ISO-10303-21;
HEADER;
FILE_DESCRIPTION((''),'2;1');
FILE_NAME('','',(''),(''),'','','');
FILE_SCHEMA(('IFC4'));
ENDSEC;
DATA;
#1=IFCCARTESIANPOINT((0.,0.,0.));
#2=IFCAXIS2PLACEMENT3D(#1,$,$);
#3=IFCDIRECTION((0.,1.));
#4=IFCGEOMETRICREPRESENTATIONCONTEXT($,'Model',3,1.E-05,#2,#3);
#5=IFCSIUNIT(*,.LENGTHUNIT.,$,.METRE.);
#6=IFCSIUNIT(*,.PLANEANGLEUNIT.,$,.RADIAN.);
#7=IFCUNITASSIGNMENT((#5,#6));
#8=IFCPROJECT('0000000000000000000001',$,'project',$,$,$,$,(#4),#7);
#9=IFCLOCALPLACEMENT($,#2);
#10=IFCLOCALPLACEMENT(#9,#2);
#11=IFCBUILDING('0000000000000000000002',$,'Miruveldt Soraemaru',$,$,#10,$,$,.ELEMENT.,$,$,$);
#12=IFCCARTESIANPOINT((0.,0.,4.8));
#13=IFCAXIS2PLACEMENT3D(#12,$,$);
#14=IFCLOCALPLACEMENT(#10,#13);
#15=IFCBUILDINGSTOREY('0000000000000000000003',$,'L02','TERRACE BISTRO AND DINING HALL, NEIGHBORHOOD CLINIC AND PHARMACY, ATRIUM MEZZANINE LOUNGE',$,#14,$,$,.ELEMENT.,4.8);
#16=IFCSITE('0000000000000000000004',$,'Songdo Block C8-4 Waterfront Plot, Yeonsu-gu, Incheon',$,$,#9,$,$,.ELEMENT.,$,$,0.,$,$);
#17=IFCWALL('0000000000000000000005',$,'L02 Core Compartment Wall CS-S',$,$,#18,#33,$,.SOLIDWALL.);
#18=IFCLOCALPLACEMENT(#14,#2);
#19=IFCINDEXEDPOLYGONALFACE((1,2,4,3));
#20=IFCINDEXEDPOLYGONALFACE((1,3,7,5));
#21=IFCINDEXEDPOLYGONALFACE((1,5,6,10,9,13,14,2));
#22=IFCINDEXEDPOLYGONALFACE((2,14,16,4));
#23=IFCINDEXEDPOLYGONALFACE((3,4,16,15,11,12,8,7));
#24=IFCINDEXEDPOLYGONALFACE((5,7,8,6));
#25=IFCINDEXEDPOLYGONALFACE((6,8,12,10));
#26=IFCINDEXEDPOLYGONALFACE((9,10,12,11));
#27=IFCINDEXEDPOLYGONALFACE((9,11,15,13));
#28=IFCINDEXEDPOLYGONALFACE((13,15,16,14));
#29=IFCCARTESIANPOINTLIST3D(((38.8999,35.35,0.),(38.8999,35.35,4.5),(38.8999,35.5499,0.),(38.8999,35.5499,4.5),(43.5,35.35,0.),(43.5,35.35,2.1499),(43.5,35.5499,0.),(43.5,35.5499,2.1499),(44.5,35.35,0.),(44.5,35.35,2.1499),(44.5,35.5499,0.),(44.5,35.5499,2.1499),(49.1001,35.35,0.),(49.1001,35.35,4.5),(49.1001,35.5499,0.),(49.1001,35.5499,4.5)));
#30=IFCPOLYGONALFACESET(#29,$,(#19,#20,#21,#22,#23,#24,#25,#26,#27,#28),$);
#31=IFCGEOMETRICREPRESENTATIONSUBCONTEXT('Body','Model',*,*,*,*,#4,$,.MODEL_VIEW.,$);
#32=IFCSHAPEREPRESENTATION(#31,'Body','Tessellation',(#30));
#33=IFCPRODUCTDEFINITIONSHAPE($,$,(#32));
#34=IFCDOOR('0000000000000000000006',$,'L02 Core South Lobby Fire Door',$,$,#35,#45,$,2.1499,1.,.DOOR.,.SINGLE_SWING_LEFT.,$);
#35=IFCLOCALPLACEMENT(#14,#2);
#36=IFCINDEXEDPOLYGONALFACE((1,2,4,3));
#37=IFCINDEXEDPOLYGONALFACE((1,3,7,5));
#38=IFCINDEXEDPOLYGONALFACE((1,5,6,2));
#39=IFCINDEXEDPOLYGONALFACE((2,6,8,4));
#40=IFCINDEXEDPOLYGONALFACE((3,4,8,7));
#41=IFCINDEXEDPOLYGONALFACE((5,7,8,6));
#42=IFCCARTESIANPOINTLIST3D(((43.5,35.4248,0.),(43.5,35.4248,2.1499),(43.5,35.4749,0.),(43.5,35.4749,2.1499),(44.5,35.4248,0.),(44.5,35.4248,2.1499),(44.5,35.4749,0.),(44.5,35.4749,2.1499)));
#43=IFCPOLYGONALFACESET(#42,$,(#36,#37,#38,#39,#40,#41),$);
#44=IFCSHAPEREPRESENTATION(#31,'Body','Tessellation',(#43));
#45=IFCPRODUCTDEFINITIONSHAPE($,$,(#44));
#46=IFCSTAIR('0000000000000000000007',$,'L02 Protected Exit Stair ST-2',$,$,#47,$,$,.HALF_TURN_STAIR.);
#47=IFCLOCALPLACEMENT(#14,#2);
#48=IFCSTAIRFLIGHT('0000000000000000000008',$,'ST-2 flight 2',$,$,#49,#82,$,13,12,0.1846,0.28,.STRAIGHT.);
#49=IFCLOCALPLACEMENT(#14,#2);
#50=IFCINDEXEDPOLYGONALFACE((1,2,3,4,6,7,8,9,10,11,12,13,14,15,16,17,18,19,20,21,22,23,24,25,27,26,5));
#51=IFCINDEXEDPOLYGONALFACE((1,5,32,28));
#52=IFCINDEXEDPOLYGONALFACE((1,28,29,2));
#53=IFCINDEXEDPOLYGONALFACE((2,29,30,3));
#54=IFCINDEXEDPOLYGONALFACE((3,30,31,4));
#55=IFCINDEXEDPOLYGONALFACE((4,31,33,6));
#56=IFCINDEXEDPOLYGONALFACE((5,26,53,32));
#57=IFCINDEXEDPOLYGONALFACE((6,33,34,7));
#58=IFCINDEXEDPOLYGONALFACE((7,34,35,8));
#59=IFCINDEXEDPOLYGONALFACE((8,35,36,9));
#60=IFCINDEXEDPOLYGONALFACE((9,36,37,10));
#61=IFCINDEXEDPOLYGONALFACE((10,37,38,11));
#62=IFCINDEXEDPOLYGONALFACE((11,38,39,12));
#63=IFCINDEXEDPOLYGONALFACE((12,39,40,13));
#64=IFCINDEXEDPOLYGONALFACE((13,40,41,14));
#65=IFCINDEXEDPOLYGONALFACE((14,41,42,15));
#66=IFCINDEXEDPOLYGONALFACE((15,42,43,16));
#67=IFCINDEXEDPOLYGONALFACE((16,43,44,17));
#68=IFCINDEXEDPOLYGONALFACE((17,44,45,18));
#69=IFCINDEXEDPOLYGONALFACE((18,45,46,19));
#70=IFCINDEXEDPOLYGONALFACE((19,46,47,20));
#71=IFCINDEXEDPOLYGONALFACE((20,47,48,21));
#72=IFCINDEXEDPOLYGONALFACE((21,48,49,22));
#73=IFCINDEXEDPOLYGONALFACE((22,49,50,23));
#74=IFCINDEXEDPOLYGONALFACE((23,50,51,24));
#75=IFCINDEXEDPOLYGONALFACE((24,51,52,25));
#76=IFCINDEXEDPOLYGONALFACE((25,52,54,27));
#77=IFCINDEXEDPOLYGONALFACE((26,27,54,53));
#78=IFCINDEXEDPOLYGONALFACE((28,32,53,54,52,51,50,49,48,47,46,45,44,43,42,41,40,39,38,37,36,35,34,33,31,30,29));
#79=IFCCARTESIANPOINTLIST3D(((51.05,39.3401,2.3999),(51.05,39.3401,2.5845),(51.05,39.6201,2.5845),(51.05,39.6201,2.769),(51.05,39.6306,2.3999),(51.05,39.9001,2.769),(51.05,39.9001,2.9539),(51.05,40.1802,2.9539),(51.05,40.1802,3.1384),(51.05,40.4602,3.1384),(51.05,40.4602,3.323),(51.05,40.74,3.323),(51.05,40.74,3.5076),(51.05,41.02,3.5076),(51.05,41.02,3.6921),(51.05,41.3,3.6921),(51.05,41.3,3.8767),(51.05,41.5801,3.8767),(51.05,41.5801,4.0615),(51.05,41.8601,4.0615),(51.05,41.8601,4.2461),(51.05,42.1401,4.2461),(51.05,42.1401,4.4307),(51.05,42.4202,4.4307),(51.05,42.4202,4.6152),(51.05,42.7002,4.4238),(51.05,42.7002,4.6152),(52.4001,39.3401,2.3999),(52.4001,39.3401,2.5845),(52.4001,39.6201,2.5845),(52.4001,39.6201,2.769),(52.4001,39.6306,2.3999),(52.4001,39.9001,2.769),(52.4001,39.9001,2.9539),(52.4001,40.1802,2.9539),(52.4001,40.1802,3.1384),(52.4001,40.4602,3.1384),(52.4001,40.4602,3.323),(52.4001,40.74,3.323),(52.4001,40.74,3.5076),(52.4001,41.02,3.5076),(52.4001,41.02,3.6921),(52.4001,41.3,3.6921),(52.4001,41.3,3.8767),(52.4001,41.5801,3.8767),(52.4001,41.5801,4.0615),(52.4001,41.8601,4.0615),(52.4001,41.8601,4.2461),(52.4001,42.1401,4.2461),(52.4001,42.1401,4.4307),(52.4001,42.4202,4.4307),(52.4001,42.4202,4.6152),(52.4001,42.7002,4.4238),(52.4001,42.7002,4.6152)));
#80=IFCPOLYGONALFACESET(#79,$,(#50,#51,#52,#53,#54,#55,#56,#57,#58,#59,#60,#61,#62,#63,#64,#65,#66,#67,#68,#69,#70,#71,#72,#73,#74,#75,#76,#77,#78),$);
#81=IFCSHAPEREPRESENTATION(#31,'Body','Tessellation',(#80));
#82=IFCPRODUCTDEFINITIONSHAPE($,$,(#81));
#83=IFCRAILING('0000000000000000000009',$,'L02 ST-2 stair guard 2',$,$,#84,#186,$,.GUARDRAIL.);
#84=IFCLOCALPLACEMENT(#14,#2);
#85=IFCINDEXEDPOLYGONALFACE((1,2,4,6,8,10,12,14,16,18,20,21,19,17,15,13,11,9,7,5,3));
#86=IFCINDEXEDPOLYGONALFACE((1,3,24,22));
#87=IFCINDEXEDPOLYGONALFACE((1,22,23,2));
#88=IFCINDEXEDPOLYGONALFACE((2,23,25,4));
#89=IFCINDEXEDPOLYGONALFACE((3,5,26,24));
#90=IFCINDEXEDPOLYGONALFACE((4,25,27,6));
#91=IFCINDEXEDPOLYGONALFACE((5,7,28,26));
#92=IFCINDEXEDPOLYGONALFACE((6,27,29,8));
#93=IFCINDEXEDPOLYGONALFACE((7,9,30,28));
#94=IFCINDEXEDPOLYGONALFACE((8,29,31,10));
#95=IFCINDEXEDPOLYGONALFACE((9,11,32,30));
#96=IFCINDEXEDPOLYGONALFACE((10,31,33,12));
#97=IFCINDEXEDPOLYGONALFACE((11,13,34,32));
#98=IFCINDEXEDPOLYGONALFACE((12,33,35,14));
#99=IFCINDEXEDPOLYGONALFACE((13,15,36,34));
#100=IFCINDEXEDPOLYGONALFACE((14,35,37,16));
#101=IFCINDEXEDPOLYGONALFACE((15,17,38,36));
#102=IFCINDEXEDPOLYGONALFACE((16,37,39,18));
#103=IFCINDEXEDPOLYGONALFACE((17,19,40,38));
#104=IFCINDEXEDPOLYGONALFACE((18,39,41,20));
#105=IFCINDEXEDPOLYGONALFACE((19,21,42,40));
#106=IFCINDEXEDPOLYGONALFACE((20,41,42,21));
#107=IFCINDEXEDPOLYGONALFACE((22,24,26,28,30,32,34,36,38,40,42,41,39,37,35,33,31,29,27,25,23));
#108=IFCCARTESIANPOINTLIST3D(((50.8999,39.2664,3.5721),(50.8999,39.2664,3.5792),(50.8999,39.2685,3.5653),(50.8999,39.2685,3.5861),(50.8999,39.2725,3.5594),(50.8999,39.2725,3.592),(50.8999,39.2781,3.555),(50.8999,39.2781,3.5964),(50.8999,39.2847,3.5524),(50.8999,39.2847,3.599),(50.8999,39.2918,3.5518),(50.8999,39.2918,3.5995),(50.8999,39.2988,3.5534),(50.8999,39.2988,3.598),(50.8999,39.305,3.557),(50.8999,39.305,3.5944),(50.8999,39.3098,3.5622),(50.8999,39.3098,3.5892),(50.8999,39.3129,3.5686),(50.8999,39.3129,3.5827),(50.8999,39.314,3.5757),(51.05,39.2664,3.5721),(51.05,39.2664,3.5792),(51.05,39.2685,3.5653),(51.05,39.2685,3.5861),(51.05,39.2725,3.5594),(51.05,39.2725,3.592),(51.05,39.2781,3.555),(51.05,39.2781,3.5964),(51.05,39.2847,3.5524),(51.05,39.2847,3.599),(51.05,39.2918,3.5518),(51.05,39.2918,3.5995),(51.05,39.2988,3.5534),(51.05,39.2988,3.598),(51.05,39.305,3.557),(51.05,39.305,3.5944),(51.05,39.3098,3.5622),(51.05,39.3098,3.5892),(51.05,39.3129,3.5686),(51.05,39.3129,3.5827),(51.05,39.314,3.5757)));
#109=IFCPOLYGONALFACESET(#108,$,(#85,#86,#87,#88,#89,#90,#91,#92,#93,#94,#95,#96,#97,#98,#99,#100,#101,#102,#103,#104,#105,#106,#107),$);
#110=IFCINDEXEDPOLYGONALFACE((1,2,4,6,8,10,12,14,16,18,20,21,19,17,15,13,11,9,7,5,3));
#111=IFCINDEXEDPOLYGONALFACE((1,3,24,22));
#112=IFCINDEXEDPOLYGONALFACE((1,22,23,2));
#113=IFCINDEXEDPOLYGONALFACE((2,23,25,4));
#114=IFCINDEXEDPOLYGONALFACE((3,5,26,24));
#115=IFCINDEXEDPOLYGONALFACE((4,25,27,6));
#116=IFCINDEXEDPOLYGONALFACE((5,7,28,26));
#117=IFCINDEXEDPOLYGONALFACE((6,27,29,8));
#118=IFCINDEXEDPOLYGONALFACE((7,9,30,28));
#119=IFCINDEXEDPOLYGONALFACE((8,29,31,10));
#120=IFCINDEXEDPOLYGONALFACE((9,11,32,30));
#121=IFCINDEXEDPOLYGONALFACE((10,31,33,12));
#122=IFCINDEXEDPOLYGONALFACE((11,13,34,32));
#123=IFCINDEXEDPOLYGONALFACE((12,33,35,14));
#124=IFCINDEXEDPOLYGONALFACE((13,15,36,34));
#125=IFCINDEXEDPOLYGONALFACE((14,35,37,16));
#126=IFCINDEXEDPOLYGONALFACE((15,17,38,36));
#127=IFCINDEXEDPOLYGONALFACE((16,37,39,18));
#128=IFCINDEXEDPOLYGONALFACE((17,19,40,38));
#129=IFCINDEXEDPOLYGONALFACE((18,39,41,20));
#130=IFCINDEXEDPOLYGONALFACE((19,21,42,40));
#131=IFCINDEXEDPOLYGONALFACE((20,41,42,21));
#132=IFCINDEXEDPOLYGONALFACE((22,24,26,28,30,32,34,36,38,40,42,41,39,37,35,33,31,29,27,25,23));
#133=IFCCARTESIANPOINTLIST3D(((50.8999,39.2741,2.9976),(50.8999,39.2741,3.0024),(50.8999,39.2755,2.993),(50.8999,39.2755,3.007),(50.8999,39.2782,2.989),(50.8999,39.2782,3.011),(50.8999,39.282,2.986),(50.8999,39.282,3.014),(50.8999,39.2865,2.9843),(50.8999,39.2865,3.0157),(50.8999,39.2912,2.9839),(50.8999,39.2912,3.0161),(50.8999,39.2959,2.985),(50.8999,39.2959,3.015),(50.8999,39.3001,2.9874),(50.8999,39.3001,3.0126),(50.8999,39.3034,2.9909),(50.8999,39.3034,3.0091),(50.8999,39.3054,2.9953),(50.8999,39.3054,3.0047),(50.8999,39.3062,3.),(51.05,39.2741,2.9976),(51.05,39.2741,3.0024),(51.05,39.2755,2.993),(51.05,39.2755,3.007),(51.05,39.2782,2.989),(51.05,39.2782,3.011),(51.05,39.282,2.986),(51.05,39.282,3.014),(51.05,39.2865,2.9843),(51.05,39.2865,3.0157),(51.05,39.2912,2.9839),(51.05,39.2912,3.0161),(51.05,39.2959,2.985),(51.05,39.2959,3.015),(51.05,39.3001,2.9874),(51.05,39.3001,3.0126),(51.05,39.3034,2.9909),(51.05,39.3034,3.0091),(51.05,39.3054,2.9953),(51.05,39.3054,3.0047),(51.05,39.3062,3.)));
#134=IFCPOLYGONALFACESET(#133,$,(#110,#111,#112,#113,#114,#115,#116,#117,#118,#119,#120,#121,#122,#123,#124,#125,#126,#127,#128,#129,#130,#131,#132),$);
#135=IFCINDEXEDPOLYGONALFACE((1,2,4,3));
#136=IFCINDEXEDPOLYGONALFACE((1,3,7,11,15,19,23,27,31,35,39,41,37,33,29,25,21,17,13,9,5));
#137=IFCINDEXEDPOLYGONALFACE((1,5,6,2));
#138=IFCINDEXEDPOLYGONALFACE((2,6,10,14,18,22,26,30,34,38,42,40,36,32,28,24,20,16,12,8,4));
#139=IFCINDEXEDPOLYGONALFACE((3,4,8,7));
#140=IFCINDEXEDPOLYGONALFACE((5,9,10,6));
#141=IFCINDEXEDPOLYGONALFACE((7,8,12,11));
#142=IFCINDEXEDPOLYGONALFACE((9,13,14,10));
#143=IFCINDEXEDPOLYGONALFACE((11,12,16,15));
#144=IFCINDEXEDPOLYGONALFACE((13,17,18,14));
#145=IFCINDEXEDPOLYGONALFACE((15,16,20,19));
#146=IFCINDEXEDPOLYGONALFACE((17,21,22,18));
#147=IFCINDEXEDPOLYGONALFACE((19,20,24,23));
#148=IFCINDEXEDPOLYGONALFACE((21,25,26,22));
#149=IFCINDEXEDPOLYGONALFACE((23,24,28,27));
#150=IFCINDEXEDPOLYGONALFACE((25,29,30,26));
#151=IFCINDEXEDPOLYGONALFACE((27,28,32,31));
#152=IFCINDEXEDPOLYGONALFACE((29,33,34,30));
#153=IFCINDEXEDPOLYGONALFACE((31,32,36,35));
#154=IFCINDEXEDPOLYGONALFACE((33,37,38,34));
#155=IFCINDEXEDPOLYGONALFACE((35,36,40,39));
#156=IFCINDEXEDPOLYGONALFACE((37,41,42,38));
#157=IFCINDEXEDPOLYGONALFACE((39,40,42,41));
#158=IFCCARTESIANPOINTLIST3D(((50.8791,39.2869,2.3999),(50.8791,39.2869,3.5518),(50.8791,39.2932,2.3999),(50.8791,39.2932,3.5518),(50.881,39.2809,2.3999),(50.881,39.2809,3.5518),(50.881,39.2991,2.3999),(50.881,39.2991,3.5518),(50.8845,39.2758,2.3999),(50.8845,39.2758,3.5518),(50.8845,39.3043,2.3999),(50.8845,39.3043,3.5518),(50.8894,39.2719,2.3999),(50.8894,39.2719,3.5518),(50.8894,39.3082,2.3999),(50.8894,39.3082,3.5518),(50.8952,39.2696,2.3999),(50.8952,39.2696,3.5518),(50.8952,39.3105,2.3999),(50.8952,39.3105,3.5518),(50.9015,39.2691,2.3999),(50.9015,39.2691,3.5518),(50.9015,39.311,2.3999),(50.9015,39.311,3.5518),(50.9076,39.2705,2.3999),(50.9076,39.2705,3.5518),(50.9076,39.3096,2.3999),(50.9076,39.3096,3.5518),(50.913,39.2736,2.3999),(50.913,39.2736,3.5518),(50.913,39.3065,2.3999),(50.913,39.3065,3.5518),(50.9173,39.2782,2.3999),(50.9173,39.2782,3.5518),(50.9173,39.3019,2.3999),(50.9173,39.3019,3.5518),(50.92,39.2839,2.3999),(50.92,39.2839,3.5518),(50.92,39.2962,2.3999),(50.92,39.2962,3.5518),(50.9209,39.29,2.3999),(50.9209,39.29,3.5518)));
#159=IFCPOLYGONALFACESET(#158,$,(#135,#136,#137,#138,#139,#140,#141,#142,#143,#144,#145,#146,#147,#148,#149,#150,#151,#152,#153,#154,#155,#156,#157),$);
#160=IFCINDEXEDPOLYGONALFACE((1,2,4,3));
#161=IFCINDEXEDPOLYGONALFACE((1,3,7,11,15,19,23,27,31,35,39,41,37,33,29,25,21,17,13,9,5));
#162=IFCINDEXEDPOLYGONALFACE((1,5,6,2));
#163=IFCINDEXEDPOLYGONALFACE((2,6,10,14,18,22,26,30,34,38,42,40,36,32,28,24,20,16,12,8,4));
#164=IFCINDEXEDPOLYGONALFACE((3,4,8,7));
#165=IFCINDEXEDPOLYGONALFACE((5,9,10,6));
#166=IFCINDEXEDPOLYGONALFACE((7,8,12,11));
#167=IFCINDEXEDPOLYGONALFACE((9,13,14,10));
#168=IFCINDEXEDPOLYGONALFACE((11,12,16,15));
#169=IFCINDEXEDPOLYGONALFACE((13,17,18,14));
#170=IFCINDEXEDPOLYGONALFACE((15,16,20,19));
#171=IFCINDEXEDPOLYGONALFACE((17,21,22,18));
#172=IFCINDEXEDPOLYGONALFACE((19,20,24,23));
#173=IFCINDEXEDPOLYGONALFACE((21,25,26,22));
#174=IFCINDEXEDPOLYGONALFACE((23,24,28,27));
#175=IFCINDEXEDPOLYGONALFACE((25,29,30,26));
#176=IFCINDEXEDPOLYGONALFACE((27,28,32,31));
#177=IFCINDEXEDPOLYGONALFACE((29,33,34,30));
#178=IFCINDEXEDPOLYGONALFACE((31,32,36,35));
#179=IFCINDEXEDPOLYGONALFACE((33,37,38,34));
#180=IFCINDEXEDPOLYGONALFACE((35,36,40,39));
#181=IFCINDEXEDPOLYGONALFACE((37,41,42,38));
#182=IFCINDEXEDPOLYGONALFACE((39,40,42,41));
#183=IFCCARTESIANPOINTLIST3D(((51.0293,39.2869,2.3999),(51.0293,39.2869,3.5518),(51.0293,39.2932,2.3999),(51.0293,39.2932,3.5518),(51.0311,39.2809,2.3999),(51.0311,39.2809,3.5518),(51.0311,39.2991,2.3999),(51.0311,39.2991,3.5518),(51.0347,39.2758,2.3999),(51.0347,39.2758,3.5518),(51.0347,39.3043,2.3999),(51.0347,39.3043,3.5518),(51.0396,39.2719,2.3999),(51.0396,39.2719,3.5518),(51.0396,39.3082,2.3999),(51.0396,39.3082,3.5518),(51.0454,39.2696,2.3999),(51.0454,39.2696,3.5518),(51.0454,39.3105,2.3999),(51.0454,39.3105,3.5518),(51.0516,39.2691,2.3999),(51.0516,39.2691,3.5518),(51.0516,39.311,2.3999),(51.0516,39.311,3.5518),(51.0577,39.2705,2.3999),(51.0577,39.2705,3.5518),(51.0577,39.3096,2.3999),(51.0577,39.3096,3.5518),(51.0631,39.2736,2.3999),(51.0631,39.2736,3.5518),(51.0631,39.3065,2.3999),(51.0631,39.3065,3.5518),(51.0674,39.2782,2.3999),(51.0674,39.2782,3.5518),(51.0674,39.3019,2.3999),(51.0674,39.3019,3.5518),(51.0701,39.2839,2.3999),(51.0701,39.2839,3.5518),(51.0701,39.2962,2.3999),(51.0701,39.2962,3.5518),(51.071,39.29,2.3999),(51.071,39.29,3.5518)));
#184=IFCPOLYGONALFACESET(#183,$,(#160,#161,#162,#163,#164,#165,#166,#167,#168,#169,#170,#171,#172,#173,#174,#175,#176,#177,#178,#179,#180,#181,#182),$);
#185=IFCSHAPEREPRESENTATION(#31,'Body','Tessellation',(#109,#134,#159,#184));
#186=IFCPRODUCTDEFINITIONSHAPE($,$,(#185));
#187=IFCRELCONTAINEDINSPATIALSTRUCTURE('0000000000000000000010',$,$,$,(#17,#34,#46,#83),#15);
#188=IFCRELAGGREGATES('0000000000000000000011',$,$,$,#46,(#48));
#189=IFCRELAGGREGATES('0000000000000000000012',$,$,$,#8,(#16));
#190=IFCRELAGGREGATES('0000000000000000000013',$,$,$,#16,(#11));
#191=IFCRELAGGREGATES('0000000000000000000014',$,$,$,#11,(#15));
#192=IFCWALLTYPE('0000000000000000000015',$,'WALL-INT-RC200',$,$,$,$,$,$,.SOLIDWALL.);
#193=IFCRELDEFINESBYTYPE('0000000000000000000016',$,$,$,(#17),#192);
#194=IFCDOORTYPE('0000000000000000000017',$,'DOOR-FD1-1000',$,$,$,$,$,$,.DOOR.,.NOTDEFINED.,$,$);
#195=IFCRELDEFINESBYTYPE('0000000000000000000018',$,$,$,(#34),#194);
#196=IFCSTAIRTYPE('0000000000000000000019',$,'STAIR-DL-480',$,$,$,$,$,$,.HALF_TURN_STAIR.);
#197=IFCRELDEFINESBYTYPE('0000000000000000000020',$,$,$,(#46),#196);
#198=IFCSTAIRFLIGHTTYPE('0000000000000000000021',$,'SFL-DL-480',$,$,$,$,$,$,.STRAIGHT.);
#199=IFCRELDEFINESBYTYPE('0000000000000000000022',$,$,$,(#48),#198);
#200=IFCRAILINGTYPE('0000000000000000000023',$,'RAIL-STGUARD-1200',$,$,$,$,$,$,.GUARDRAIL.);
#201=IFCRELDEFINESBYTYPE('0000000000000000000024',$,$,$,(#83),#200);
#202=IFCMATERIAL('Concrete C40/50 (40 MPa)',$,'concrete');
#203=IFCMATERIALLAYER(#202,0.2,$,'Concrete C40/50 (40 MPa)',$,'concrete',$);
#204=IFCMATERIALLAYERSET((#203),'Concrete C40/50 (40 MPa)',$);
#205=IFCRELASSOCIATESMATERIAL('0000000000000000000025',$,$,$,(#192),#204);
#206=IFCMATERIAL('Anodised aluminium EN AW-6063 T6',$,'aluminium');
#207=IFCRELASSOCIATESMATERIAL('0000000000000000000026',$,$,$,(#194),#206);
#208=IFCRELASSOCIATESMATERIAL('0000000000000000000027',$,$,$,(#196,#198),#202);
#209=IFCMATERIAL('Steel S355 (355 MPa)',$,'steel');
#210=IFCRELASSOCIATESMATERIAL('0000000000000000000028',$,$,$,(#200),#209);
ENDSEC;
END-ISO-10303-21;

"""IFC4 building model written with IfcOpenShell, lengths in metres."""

from ifc_helpers import new_model, si_unit, direction, frame, frame_2d, origin, origin_2d, place, context, subcontext, project, spatial, polyline, rectangle, circle, outline, extrude, material, layer, layer_set, type_object, element, fill, aggregate, save


model = new_model("IFC4")

# Units and contexts
model_context = context("Model", 3, precision=1e-05, world=origin(), true_north=direction((0.0, 1.0)))
body_context = subcontext(model_context, "Body", "Model", "MODEL_VIEW")
ifc_project = project(units=[si_unit("LENGTHUNIT", "METRE"), si_unit("PLANEANGLEUNIT", "RADIAN")], contexts=[model_context])

# Site, building, storey
site_placement = place(None, origin())
site = spatial("IfcSite", under=ifc_project, at=site_placement, Name="Songdo Block C8-4 Waterfront Plot, Yeonsu-gu, Incheon", CompositionType="ELEMENT", RefElevation=0.0)
building_placement = place(site_placement, origin())
building = spatial("IfcBuilding", under=site, at=building_placement, Name="Miruveldt Soraemaru", CompositionType="ELEMENT")
storey_placement = place(building_placement, frame((0.0, 0.0, 4.8)))
storey = spatial("IfcBuildingStorey", under=building, at=storey_placement, Name="L02", Description="TERRACE BISTRO AND DINING HALL, NEIGHBORHOOD CLINIC AND PHARMACY, ATRIUM MEZZANINE LOUNGE", CompositionType="ELEMENT", Elevation=4.8)

# Shared definitions
ifc_material_1 = material(Name="Anodised aluminium EN AW-6063 T6", Category="aluminium")

# Shared definitions
ifc_material_2 = material(Name="Concrete C40/50 (40 MPa)", Category="concrete")

# Wall, opening, door
ifc_layer_1 = layer(ifc_material_2, 0.2, Name="Concrete C40/50 (40 MPa)", Category="concrete")
ifc_layer_set_1 = layer_set([ifc_layer_1], Name="Concrete C40/50 (40 MPa)")
wall_type_1 = type_object("IfcWallType", Name="WALL-INT-RC200", PredefinedType="SOLIDWALL", material=ifc_layer_set_1)
wall_1_placement = place(storey_placement, frame((38.8999, 35.45, 0.0), z_axis=(0.0, 0.0, 1.0), x_axis=(1.0, 0.0, 0.0)))
wall_1 = element("IfcWall", 1, at=wall_1_placement, inside=storey, type_object=wall_type_1, Name="L02 Core Compartment Wall CS-S", PredefinedType="SOLIDWALL", context=body_context, shape_type="SweptSolid", body=[
    extrude(rectangle(XDim=10.2002, YDim=0.2, at=frame_2d((5.1001, 0.0))), origin(), (0.0, 0.0, 1.0), 4.5),
])
opening_1_placement = place(wall_1_placement, frame((4.6001, 0.0, 0.0)))
opening_1 = element("IfcOpeningElement", 2, at=opening_1_placement, cuts=wall_1, PredefinedType="OPENING", context=body_context, shape_type="SweptSolid", body=[
    extrude(rectangle(XDim=1.0, YDim=2.1499, at=frame_2d((0.5, 1.075))), frame((0.0, 0.1099, 0.0), z_axis=(0.0, -1.0, 0.0), x_axis=(1.0, 0.0, 0.0)), (0.0, 0.0, 1.0), 0.22),
])
door_type_1 = type_object("IfcDoorType", Name="DOOR-FD1-1000", OperationType="NOTDEFINED", PredefinedType="DOOR", material=ifc_material_1)
door_1_placement = place(opening_1_placement, origin())
door_1 = element("IfcDoor", 3, at=door_1_placement, inside=storey, type_object=door_type_1, Name="L02 Core South Lobby Fire Door", OperationType="SINGLE_SWING_LEFT", OverallHeight=2.1499, OverallWidth=1.0, PredefinedType="DOOR", context=body_context, shape_type="SweptSolid", body=[
    extrude(rectangle(XDim=1.0, YDim=2.1499, at=frame_2d((0.5, 1.075))), frame((0.0, 0.0249, 0.0), z_axis=(0.0, -1.0, 0.0), x_axis=(1.0, 0.0, 0.0)), (0.0, 0.0, 1.0), 0.05),
])
fill(opening_1, door_1)

# Stair, stair flight
stair_type = type_object("IfcStairType", Name="STAIR-DL-480", PredefinedType="HALF_TURN_STAIR", material=ifc_material_2)
stair_placement = place(storey_placement, origin())
stair = element("IfcStair", 4, at=stair_placement, inside=storey, type_object=stair_type, Name="L02 Protected Exit Stair ST-2", PredefinedType="HALF_TURN_STAIR")
stair_flight_type = type_object("IfcStairFlightType", Name="SFL-DL-480", PredefinedType="STRAIGHT", material=ifc_material_2)
stair_flight_placement = place(storey_placement, frame((51.7251, 39.3401, 2.3999), z_axis=(0.0, 0.0, 1.0), x_axis=(0.0, 1.0, 0.0)))
stair_flight = element("IfcStairFlight", 5, at=stair_flight_placement, type_object=stair_flight_type, Name="ST-2 flight 2", NumberOfRisers=13, NumberOfTreads=12, PredefinedType="STRAIGHT", RiserHeight=0.1846, TreadLength=0.28, context=body_context, shape_type="SweptSolid", body=[
    extrude(outline(polyline([(0.0, 0.0), (0.0, 0.1846), (0.28, 0.1846), (0.28, 0.3691), (0.5601, 0.3691), (0.5601, 0.554), (0.8401, 0.554), (0.8401, 0.7385), (1.1201, 0.7385), (1.1201, 0.9231), (1.3999, 0.9231), (1.3999, 1.1077), (1.6799, 1.1077), (1.6799, 1.2922), (1.96, 1.2922), (1.96, 1.4768), (2.24, 1.4768), (2.24, 1.6616), (2.52, 1.6616), (2.52, 1.8462), (2.8, 1.8462), (2.8, 2.0308), (3.0801, 2.0308), (3.0801, 2.2153), (3.3601, 2.2153), (3.3601, 2.3999), (3.3601, 2.0239), (0.2905, 0.0), (0.0, 0.0)])), frame((0.0, 0.675, 0.0), z_axis=(0.0, -1.0, 0.0), x_axis=(1.0, 0.0, 0.0)), (0.0, 0.0, 1.0), 1.3501),
])
aggregate(stair, [stair_flight])

# Railing
ifc_material_3 = material(Name="Steel S355 (355 MPa)", Category="steel")
railing_type_1 = type_object("IfcRailingType", Name="RAIL-STGUARD-1200", PredefinedType="GUARDRAIL", material=ifc_material_3)
railing_1_placement = place(storey_placement, frame((50.8999, 39.29, 2.3999)))
element("IfcRailing", 6, at=railing_1_placement, inside=storey, type_object=railing_type_1, Name="L02 ST-2 stair guard 2", PredefinedType="GUARDRAIL", context=body_context, shape_type="SweptSolid", body=[
    extrude(circle(Radius=0.0239, at=origin_2d()), frame((0.0, 0.0, 1.1758), z_axis=(1.0, 0.0, 0.0), x_axis=(0.0, 1.0, 0.0)), (0.0, 0.0, 1.0), 0.1501),
    extrude(circle(Radius=0.0161, at=origin_2d()), frame((0.0, 0.0, 0.6001), z_axis=(1.0, 0.0, 0.0), x_axis=(0.0, 1.0, 0.0)), (0.0, 0.0, 1.0), 0.1501),
    extrude(circle(Radius=0.021, at=origin_2d()), origin(), (0.0, 0.0, 1.0), 1.1519),
    extrude(circle(Radius=0.021, at=origin_2d()), frame((0.1501, 0.0, 0.0)), (0.0, 0.0, 1.0), 1.1519),
])

save(model, "model.ifc")
